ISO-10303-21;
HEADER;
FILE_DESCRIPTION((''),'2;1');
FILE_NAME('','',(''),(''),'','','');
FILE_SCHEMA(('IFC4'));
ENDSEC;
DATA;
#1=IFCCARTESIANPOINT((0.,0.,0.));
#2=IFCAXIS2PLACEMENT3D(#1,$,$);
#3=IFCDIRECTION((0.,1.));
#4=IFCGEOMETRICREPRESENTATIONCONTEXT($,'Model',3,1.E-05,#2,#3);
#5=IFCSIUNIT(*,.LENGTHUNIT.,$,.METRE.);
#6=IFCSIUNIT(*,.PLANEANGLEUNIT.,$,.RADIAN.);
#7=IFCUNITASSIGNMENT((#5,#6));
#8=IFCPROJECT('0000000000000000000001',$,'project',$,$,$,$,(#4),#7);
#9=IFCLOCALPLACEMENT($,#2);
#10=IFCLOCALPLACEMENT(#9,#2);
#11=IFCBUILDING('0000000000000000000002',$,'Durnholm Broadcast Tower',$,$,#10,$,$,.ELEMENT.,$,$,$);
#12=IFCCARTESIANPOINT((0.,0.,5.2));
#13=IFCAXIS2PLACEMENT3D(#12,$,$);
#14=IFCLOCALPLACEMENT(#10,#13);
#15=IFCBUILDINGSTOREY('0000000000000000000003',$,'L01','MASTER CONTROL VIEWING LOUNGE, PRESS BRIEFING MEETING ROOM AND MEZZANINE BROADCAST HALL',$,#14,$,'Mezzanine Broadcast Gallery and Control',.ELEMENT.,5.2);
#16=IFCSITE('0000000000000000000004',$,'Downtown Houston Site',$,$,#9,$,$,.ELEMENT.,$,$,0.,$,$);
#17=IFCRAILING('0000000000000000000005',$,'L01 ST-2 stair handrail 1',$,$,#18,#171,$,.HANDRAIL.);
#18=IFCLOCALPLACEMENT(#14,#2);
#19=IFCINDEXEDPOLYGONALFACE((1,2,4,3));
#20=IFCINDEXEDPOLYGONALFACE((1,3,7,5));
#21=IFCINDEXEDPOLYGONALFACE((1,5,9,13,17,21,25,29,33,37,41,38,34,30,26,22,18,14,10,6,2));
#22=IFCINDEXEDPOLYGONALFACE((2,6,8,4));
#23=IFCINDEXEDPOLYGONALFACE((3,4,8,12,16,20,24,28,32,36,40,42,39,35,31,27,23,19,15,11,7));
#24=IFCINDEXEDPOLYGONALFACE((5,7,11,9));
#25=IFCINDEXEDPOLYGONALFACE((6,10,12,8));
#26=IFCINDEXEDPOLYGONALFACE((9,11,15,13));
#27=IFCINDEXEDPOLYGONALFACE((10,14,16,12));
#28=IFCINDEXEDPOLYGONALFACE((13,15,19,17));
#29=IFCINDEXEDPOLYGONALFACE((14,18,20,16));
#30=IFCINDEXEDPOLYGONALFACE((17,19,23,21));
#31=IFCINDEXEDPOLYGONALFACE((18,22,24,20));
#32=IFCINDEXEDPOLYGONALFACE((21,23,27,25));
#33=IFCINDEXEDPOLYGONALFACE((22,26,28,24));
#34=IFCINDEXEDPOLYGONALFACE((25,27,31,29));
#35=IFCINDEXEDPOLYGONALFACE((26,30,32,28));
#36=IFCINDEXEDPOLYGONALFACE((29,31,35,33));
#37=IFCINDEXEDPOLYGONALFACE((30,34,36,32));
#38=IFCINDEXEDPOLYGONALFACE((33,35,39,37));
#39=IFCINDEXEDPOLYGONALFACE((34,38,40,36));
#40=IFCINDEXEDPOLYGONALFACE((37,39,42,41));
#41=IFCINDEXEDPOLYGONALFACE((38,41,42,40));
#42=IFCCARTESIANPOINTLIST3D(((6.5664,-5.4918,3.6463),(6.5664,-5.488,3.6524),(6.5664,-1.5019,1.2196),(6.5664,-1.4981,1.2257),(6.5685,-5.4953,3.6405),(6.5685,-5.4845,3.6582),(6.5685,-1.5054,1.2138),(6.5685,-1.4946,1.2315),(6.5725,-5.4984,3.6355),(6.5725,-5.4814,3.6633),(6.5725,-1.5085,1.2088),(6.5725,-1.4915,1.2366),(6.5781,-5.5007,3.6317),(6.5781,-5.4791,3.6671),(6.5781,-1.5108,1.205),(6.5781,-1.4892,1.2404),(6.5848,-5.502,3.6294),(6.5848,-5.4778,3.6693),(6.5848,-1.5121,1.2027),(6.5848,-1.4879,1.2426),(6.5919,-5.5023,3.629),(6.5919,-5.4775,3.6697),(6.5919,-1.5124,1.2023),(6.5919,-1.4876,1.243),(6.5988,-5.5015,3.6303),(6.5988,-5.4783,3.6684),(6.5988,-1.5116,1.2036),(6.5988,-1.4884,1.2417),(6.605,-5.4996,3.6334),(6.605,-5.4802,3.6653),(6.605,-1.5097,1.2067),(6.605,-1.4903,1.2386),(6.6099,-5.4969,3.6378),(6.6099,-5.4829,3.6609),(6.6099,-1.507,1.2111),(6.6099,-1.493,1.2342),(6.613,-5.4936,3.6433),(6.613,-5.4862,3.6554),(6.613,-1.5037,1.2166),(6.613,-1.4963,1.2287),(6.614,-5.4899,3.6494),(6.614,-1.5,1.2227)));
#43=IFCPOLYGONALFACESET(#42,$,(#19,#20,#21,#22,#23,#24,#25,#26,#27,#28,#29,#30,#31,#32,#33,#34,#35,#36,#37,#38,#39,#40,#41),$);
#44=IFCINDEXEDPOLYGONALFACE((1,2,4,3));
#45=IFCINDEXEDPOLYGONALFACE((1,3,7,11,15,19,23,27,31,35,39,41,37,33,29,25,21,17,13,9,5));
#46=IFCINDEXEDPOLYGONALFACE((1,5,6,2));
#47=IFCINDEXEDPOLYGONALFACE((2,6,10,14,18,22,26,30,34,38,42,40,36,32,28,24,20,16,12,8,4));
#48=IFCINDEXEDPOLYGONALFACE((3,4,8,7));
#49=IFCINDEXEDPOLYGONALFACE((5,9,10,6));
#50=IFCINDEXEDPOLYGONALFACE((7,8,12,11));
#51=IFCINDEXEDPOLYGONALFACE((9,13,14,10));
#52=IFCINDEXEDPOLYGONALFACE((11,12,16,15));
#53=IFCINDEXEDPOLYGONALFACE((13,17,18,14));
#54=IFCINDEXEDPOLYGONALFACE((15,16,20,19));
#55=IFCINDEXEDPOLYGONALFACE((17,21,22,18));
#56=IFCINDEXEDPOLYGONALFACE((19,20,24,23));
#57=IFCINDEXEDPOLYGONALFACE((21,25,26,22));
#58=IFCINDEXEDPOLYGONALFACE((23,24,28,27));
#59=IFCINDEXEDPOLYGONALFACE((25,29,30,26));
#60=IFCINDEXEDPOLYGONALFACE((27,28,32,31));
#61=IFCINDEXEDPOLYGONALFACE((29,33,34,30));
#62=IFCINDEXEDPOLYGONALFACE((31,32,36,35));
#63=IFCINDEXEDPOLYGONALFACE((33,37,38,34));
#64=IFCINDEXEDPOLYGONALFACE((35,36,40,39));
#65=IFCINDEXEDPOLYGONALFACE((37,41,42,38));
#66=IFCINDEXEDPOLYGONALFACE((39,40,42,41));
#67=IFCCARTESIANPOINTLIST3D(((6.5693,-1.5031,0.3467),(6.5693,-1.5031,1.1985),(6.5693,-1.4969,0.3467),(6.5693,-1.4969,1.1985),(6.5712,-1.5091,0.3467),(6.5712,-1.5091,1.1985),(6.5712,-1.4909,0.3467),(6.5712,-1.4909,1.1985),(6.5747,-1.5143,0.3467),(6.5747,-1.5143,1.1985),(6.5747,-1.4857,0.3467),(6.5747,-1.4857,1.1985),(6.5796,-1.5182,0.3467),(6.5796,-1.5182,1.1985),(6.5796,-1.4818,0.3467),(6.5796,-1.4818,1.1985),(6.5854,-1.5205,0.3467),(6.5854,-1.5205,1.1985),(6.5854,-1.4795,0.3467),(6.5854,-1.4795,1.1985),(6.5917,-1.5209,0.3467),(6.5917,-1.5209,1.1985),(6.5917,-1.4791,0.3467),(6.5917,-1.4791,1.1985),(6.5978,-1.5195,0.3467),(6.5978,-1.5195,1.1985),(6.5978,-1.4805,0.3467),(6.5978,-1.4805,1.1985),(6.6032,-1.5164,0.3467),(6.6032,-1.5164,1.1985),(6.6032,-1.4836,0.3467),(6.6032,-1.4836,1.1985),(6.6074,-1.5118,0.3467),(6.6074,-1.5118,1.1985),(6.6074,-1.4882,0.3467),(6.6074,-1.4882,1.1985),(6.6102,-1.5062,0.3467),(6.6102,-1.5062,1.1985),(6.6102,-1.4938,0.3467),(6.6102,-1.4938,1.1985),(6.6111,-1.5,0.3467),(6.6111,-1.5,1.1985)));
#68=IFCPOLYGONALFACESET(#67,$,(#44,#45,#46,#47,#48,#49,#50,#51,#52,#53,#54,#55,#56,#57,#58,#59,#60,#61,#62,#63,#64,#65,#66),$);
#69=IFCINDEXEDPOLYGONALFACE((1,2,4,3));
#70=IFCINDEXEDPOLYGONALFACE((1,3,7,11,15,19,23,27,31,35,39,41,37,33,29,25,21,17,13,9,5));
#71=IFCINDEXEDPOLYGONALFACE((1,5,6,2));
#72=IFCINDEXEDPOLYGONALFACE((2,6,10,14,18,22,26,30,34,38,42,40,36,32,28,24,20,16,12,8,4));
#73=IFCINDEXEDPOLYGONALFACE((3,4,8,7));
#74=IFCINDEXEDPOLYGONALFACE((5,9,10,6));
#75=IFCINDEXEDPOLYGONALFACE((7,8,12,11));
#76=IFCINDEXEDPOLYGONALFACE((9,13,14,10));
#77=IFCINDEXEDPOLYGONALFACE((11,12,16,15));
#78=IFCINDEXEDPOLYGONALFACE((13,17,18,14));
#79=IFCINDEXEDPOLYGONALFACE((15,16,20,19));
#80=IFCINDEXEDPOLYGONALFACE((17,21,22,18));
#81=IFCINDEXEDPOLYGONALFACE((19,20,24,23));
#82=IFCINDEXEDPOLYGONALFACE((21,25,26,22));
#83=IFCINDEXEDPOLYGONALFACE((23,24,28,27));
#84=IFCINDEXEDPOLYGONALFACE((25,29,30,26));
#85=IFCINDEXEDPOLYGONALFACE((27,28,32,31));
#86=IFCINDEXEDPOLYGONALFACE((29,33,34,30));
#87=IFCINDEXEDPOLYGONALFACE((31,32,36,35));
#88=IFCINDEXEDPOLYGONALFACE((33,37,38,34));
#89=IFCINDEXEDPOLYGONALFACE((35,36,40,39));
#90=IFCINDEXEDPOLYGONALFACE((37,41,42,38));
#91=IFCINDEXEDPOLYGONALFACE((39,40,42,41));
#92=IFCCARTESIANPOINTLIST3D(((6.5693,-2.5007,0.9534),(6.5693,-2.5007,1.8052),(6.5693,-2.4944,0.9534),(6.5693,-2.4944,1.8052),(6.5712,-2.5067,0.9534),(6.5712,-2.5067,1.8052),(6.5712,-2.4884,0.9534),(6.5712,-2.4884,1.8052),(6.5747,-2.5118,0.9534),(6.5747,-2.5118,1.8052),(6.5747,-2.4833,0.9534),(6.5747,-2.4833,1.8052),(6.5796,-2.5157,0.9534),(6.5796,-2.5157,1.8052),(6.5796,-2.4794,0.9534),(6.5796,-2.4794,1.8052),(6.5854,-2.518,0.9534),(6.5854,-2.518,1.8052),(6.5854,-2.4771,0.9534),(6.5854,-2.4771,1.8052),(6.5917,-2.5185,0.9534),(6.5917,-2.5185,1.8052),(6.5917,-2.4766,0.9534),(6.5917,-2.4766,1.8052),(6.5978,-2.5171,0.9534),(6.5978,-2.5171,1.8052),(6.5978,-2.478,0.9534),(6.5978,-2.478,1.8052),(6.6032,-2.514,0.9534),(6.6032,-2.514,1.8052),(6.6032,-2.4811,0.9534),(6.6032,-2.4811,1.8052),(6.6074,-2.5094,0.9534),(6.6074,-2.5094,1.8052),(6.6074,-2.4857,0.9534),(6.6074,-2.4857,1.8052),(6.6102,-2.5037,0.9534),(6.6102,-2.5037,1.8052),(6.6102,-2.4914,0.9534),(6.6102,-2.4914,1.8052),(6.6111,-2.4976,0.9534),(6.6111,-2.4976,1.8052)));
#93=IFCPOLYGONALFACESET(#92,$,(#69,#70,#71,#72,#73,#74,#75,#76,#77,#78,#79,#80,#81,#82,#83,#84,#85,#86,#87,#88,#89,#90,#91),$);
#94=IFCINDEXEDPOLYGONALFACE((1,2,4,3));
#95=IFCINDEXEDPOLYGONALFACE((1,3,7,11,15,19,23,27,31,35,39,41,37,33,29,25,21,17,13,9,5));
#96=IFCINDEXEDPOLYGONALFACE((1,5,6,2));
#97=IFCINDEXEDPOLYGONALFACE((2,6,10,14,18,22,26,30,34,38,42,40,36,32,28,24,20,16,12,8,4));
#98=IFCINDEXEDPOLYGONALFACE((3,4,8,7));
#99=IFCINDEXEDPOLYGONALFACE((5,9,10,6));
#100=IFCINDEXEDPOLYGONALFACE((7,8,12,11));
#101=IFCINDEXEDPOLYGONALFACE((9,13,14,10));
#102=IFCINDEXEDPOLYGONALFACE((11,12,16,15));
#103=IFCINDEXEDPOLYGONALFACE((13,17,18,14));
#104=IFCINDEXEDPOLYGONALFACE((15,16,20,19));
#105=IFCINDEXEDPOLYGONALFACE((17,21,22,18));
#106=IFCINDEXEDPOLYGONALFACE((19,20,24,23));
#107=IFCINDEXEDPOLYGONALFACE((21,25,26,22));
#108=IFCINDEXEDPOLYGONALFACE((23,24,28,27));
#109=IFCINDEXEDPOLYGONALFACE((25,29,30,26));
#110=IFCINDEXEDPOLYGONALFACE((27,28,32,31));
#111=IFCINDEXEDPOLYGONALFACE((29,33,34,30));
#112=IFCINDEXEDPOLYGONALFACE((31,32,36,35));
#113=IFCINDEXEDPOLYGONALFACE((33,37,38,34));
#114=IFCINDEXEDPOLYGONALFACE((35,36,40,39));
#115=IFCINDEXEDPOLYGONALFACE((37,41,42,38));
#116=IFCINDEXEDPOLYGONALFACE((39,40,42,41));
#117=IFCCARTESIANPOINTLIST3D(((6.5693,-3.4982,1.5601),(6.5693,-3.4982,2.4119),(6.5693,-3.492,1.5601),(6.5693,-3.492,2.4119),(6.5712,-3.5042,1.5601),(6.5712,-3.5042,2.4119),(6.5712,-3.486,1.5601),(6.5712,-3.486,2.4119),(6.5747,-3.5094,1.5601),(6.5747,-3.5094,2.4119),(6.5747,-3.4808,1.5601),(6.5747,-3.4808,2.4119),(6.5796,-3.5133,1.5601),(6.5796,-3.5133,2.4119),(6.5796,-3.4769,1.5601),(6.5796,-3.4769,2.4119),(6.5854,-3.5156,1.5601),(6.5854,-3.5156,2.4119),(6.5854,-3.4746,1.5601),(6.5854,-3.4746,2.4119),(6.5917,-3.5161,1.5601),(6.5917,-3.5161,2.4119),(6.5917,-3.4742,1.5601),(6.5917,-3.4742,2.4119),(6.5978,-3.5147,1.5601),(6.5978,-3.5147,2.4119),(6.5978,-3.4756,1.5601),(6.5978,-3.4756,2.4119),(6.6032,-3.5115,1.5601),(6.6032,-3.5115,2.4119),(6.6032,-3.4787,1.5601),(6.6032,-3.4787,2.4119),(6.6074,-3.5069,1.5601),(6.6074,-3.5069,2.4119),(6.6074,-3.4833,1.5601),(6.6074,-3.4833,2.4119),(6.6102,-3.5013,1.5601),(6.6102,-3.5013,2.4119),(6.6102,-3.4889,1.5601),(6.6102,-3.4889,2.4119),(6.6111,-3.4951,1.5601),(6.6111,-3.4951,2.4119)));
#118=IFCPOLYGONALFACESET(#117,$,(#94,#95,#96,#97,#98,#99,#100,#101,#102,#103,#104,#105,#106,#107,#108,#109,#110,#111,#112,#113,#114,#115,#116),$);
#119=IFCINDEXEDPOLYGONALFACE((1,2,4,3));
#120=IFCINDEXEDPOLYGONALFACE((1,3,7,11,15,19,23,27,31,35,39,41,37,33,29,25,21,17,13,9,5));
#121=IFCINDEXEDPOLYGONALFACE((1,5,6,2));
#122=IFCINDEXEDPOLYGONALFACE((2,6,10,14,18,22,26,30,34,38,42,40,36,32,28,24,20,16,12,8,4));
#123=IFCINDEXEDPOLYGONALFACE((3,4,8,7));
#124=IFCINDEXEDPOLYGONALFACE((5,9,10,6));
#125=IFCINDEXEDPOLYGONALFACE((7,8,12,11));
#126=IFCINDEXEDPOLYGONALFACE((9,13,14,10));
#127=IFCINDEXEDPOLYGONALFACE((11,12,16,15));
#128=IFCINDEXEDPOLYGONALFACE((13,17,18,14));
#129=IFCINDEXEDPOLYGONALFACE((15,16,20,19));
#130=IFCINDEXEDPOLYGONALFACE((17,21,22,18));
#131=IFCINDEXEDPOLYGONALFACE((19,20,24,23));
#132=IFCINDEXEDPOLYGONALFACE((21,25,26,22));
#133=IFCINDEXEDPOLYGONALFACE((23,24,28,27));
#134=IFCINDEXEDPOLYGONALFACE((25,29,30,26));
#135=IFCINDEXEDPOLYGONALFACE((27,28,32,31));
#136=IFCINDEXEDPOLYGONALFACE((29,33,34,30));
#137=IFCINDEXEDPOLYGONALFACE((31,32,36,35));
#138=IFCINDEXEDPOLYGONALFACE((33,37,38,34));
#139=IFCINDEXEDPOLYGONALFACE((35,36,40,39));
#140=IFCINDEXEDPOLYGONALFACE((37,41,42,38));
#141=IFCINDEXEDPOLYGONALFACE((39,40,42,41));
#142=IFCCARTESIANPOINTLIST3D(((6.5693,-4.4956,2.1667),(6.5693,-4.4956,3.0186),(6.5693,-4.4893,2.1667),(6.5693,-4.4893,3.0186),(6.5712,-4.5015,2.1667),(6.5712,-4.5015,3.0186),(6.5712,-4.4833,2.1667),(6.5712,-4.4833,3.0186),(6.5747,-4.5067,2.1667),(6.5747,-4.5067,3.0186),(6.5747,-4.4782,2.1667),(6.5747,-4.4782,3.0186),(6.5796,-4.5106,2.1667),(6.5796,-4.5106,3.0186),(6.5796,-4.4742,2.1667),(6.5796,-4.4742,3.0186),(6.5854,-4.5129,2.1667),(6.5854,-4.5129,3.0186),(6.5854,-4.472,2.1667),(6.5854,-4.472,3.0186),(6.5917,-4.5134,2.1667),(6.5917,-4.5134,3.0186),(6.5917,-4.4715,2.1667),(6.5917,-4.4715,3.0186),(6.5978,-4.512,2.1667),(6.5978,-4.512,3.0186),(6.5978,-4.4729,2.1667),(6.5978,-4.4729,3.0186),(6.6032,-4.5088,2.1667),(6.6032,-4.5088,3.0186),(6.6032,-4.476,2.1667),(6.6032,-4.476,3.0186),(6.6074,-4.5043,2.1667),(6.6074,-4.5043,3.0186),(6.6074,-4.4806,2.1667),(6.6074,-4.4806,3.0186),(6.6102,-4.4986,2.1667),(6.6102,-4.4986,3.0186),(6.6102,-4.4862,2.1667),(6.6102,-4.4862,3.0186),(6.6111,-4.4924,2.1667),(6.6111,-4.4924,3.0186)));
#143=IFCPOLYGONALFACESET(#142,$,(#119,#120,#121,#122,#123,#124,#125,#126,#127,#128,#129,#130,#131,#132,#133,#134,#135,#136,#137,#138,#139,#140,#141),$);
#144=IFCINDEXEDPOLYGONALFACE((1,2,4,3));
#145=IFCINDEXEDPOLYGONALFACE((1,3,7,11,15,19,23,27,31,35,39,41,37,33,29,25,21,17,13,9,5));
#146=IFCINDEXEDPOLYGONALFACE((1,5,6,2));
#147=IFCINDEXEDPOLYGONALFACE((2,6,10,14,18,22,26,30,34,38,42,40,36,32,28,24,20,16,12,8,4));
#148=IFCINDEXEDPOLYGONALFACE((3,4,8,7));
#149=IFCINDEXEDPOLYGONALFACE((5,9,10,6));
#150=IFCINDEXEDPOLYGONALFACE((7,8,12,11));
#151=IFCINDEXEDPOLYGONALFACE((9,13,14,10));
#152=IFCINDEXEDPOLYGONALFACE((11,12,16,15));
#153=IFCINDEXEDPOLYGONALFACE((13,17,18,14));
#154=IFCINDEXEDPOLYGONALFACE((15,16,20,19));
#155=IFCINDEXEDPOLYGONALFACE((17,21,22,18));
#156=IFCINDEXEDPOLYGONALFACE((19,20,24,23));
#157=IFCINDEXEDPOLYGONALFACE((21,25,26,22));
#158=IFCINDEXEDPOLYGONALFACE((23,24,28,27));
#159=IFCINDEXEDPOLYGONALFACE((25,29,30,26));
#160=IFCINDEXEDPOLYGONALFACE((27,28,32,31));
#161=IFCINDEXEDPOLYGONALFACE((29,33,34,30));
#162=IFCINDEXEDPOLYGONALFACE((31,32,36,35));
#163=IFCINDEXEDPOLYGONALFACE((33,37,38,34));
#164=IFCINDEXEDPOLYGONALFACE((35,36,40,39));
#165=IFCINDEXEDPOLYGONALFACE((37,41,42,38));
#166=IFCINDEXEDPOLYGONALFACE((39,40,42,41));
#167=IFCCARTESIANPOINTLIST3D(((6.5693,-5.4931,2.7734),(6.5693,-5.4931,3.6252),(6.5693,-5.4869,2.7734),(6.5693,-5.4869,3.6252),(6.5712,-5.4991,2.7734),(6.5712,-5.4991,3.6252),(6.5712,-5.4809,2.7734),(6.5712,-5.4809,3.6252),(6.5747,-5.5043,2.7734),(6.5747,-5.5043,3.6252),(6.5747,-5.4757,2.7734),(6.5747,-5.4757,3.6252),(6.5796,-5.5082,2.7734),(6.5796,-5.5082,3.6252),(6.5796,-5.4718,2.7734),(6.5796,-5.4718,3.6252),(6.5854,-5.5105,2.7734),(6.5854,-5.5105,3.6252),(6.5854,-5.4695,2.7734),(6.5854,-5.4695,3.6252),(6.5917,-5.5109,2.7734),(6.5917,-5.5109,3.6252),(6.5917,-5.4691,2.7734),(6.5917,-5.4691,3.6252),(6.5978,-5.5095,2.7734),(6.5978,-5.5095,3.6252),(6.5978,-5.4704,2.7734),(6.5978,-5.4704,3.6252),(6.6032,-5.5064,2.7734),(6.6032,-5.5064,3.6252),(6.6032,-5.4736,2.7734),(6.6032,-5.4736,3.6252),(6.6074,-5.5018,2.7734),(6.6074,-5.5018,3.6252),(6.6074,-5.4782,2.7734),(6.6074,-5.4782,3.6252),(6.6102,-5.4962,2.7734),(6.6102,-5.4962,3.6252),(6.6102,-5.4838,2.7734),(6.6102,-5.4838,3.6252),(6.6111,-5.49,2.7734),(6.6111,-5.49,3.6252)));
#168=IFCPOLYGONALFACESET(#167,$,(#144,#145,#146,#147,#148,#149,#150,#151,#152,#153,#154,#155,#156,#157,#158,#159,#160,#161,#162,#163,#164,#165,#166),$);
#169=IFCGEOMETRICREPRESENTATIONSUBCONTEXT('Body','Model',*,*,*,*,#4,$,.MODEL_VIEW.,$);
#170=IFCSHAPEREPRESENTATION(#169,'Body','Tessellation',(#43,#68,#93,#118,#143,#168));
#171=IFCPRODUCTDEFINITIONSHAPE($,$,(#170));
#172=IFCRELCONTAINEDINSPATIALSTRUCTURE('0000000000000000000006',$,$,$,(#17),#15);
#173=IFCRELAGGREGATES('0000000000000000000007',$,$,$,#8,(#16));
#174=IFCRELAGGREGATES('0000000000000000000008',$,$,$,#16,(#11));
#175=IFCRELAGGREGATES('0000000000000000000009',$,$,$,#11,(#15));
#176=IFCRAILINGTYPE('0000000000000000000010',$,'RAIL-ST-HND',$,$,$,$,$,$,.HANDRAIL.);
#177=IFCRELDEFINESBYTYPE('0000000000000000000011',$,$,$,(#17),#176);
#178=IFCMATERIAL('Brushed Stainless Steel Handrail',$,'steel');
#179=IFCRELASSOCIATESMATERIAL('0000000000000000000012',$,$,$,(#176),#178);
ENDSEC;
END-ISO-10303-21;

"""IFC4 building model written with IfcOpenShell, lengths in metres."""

from ifc_helpers import new_model, si_unit, direction, frame, origin, origin_2d, place, context, subcontext, project, spatial, circle, extrude, material, type_object, element, save


model = new_model("IFC4")

# Units and contexts
model_context = context("Model", 3, precision=1e-05, world=origin(), true_north=direction((0.0, 1.0)))
body_context = subcontext(model_context, "Body", "Model", "MODEL_VIEW")
ifc_project = project(units=[si_unit("LENGTHUNIT", "METRE"), si_unit("PLANEANGLEUNIT", "RADIAN")], contexts=[model_context])

# Site, building, storey
site_placement = place(None, origin())
site = spatial("IfcSite", under=ifc_project, at=site_placement, Name="Downtown Houston Site", CompositionType="ELEMENT", RefElevation=0.0)
building_placement = place(site_placement, origin())
building = spatial("IfcBuilding", under=site, at=building_placement, Name="Durnholm Broadcast Tower", CompositionType="ELEMENT")
storey_placement = place(building_placement, frame((0.0, 0.0, 5.2)))
storey = spatial("IfcBuildingStorey", under=building, at=storey_placement, Name="L01", Description="MASTER CONTROL VIEWING LOUNGE, PRESS BRIEFING MEETING ROOM AND MEZZANINE BROADCAST HALL", LongName="Mezzanine Broadcast Gallery and Control", CompositionType="ELEMENT", Elevation=5.2)

# Railing
ifc_material_1 = material(Name="Brushed Stainless Steel Handrail", Category="steel")
railing_type_1 = type_object("IfcRailingType", Name="RAIL-ST-HND", PredefinedType="HANDRAIL", material=ifc_material_1)
railing_1_placement = place(storey_placement, frame((6.5901, -1.5, 0.3467)))
element("IfcRailing", 1, at=railing_1_placement, inside=storey, type_object=railing_type_1, Name="L01 ST-2 stair handrail 1", PredefinedType="HANDRAIL", context=body_context, shape_type="SweptSolid", body=[
    extrude(circle(Radius=0.0239, at=origin_2d()), frame((0.0, 0.0, 0.876), z_axis=(0.0, -0.854382, 0.519645), x_axis=(1.0, 0.0, 0.0)), (0.0, 0.0, 1.0), 4.6699),
    extrude(circle(Radius=0.021, at=origin_2d()), origin(), (0.0, 0.0, 1.0), 0.8518),
    extrude(circle(Radius=0.021, at=origin_2d()), frame((0.0, -0.9976, 0.6067)), (0.0, 0.0, 1.0), 0.8518),
    extrude(circle(Radius=0.021, at=origin_2d()), frame((0.0, -1.9951, 1.2134)), (0.0, 0.0, 1.0), 0.8518),
    extrude(circle(Radius=0.021, at=origin_2d()), frame((0.0, -2.9924, 1.8201)), (0.0, 0.0, 1.0), 0.8518),
    extrude(circle(Radius=0.021, at=origin_2d()), frame((0.0, -3.99, 2.4268)), (0.0, 0.0, 1.0), 0.8518),
])

save(model, "model.ifc")
